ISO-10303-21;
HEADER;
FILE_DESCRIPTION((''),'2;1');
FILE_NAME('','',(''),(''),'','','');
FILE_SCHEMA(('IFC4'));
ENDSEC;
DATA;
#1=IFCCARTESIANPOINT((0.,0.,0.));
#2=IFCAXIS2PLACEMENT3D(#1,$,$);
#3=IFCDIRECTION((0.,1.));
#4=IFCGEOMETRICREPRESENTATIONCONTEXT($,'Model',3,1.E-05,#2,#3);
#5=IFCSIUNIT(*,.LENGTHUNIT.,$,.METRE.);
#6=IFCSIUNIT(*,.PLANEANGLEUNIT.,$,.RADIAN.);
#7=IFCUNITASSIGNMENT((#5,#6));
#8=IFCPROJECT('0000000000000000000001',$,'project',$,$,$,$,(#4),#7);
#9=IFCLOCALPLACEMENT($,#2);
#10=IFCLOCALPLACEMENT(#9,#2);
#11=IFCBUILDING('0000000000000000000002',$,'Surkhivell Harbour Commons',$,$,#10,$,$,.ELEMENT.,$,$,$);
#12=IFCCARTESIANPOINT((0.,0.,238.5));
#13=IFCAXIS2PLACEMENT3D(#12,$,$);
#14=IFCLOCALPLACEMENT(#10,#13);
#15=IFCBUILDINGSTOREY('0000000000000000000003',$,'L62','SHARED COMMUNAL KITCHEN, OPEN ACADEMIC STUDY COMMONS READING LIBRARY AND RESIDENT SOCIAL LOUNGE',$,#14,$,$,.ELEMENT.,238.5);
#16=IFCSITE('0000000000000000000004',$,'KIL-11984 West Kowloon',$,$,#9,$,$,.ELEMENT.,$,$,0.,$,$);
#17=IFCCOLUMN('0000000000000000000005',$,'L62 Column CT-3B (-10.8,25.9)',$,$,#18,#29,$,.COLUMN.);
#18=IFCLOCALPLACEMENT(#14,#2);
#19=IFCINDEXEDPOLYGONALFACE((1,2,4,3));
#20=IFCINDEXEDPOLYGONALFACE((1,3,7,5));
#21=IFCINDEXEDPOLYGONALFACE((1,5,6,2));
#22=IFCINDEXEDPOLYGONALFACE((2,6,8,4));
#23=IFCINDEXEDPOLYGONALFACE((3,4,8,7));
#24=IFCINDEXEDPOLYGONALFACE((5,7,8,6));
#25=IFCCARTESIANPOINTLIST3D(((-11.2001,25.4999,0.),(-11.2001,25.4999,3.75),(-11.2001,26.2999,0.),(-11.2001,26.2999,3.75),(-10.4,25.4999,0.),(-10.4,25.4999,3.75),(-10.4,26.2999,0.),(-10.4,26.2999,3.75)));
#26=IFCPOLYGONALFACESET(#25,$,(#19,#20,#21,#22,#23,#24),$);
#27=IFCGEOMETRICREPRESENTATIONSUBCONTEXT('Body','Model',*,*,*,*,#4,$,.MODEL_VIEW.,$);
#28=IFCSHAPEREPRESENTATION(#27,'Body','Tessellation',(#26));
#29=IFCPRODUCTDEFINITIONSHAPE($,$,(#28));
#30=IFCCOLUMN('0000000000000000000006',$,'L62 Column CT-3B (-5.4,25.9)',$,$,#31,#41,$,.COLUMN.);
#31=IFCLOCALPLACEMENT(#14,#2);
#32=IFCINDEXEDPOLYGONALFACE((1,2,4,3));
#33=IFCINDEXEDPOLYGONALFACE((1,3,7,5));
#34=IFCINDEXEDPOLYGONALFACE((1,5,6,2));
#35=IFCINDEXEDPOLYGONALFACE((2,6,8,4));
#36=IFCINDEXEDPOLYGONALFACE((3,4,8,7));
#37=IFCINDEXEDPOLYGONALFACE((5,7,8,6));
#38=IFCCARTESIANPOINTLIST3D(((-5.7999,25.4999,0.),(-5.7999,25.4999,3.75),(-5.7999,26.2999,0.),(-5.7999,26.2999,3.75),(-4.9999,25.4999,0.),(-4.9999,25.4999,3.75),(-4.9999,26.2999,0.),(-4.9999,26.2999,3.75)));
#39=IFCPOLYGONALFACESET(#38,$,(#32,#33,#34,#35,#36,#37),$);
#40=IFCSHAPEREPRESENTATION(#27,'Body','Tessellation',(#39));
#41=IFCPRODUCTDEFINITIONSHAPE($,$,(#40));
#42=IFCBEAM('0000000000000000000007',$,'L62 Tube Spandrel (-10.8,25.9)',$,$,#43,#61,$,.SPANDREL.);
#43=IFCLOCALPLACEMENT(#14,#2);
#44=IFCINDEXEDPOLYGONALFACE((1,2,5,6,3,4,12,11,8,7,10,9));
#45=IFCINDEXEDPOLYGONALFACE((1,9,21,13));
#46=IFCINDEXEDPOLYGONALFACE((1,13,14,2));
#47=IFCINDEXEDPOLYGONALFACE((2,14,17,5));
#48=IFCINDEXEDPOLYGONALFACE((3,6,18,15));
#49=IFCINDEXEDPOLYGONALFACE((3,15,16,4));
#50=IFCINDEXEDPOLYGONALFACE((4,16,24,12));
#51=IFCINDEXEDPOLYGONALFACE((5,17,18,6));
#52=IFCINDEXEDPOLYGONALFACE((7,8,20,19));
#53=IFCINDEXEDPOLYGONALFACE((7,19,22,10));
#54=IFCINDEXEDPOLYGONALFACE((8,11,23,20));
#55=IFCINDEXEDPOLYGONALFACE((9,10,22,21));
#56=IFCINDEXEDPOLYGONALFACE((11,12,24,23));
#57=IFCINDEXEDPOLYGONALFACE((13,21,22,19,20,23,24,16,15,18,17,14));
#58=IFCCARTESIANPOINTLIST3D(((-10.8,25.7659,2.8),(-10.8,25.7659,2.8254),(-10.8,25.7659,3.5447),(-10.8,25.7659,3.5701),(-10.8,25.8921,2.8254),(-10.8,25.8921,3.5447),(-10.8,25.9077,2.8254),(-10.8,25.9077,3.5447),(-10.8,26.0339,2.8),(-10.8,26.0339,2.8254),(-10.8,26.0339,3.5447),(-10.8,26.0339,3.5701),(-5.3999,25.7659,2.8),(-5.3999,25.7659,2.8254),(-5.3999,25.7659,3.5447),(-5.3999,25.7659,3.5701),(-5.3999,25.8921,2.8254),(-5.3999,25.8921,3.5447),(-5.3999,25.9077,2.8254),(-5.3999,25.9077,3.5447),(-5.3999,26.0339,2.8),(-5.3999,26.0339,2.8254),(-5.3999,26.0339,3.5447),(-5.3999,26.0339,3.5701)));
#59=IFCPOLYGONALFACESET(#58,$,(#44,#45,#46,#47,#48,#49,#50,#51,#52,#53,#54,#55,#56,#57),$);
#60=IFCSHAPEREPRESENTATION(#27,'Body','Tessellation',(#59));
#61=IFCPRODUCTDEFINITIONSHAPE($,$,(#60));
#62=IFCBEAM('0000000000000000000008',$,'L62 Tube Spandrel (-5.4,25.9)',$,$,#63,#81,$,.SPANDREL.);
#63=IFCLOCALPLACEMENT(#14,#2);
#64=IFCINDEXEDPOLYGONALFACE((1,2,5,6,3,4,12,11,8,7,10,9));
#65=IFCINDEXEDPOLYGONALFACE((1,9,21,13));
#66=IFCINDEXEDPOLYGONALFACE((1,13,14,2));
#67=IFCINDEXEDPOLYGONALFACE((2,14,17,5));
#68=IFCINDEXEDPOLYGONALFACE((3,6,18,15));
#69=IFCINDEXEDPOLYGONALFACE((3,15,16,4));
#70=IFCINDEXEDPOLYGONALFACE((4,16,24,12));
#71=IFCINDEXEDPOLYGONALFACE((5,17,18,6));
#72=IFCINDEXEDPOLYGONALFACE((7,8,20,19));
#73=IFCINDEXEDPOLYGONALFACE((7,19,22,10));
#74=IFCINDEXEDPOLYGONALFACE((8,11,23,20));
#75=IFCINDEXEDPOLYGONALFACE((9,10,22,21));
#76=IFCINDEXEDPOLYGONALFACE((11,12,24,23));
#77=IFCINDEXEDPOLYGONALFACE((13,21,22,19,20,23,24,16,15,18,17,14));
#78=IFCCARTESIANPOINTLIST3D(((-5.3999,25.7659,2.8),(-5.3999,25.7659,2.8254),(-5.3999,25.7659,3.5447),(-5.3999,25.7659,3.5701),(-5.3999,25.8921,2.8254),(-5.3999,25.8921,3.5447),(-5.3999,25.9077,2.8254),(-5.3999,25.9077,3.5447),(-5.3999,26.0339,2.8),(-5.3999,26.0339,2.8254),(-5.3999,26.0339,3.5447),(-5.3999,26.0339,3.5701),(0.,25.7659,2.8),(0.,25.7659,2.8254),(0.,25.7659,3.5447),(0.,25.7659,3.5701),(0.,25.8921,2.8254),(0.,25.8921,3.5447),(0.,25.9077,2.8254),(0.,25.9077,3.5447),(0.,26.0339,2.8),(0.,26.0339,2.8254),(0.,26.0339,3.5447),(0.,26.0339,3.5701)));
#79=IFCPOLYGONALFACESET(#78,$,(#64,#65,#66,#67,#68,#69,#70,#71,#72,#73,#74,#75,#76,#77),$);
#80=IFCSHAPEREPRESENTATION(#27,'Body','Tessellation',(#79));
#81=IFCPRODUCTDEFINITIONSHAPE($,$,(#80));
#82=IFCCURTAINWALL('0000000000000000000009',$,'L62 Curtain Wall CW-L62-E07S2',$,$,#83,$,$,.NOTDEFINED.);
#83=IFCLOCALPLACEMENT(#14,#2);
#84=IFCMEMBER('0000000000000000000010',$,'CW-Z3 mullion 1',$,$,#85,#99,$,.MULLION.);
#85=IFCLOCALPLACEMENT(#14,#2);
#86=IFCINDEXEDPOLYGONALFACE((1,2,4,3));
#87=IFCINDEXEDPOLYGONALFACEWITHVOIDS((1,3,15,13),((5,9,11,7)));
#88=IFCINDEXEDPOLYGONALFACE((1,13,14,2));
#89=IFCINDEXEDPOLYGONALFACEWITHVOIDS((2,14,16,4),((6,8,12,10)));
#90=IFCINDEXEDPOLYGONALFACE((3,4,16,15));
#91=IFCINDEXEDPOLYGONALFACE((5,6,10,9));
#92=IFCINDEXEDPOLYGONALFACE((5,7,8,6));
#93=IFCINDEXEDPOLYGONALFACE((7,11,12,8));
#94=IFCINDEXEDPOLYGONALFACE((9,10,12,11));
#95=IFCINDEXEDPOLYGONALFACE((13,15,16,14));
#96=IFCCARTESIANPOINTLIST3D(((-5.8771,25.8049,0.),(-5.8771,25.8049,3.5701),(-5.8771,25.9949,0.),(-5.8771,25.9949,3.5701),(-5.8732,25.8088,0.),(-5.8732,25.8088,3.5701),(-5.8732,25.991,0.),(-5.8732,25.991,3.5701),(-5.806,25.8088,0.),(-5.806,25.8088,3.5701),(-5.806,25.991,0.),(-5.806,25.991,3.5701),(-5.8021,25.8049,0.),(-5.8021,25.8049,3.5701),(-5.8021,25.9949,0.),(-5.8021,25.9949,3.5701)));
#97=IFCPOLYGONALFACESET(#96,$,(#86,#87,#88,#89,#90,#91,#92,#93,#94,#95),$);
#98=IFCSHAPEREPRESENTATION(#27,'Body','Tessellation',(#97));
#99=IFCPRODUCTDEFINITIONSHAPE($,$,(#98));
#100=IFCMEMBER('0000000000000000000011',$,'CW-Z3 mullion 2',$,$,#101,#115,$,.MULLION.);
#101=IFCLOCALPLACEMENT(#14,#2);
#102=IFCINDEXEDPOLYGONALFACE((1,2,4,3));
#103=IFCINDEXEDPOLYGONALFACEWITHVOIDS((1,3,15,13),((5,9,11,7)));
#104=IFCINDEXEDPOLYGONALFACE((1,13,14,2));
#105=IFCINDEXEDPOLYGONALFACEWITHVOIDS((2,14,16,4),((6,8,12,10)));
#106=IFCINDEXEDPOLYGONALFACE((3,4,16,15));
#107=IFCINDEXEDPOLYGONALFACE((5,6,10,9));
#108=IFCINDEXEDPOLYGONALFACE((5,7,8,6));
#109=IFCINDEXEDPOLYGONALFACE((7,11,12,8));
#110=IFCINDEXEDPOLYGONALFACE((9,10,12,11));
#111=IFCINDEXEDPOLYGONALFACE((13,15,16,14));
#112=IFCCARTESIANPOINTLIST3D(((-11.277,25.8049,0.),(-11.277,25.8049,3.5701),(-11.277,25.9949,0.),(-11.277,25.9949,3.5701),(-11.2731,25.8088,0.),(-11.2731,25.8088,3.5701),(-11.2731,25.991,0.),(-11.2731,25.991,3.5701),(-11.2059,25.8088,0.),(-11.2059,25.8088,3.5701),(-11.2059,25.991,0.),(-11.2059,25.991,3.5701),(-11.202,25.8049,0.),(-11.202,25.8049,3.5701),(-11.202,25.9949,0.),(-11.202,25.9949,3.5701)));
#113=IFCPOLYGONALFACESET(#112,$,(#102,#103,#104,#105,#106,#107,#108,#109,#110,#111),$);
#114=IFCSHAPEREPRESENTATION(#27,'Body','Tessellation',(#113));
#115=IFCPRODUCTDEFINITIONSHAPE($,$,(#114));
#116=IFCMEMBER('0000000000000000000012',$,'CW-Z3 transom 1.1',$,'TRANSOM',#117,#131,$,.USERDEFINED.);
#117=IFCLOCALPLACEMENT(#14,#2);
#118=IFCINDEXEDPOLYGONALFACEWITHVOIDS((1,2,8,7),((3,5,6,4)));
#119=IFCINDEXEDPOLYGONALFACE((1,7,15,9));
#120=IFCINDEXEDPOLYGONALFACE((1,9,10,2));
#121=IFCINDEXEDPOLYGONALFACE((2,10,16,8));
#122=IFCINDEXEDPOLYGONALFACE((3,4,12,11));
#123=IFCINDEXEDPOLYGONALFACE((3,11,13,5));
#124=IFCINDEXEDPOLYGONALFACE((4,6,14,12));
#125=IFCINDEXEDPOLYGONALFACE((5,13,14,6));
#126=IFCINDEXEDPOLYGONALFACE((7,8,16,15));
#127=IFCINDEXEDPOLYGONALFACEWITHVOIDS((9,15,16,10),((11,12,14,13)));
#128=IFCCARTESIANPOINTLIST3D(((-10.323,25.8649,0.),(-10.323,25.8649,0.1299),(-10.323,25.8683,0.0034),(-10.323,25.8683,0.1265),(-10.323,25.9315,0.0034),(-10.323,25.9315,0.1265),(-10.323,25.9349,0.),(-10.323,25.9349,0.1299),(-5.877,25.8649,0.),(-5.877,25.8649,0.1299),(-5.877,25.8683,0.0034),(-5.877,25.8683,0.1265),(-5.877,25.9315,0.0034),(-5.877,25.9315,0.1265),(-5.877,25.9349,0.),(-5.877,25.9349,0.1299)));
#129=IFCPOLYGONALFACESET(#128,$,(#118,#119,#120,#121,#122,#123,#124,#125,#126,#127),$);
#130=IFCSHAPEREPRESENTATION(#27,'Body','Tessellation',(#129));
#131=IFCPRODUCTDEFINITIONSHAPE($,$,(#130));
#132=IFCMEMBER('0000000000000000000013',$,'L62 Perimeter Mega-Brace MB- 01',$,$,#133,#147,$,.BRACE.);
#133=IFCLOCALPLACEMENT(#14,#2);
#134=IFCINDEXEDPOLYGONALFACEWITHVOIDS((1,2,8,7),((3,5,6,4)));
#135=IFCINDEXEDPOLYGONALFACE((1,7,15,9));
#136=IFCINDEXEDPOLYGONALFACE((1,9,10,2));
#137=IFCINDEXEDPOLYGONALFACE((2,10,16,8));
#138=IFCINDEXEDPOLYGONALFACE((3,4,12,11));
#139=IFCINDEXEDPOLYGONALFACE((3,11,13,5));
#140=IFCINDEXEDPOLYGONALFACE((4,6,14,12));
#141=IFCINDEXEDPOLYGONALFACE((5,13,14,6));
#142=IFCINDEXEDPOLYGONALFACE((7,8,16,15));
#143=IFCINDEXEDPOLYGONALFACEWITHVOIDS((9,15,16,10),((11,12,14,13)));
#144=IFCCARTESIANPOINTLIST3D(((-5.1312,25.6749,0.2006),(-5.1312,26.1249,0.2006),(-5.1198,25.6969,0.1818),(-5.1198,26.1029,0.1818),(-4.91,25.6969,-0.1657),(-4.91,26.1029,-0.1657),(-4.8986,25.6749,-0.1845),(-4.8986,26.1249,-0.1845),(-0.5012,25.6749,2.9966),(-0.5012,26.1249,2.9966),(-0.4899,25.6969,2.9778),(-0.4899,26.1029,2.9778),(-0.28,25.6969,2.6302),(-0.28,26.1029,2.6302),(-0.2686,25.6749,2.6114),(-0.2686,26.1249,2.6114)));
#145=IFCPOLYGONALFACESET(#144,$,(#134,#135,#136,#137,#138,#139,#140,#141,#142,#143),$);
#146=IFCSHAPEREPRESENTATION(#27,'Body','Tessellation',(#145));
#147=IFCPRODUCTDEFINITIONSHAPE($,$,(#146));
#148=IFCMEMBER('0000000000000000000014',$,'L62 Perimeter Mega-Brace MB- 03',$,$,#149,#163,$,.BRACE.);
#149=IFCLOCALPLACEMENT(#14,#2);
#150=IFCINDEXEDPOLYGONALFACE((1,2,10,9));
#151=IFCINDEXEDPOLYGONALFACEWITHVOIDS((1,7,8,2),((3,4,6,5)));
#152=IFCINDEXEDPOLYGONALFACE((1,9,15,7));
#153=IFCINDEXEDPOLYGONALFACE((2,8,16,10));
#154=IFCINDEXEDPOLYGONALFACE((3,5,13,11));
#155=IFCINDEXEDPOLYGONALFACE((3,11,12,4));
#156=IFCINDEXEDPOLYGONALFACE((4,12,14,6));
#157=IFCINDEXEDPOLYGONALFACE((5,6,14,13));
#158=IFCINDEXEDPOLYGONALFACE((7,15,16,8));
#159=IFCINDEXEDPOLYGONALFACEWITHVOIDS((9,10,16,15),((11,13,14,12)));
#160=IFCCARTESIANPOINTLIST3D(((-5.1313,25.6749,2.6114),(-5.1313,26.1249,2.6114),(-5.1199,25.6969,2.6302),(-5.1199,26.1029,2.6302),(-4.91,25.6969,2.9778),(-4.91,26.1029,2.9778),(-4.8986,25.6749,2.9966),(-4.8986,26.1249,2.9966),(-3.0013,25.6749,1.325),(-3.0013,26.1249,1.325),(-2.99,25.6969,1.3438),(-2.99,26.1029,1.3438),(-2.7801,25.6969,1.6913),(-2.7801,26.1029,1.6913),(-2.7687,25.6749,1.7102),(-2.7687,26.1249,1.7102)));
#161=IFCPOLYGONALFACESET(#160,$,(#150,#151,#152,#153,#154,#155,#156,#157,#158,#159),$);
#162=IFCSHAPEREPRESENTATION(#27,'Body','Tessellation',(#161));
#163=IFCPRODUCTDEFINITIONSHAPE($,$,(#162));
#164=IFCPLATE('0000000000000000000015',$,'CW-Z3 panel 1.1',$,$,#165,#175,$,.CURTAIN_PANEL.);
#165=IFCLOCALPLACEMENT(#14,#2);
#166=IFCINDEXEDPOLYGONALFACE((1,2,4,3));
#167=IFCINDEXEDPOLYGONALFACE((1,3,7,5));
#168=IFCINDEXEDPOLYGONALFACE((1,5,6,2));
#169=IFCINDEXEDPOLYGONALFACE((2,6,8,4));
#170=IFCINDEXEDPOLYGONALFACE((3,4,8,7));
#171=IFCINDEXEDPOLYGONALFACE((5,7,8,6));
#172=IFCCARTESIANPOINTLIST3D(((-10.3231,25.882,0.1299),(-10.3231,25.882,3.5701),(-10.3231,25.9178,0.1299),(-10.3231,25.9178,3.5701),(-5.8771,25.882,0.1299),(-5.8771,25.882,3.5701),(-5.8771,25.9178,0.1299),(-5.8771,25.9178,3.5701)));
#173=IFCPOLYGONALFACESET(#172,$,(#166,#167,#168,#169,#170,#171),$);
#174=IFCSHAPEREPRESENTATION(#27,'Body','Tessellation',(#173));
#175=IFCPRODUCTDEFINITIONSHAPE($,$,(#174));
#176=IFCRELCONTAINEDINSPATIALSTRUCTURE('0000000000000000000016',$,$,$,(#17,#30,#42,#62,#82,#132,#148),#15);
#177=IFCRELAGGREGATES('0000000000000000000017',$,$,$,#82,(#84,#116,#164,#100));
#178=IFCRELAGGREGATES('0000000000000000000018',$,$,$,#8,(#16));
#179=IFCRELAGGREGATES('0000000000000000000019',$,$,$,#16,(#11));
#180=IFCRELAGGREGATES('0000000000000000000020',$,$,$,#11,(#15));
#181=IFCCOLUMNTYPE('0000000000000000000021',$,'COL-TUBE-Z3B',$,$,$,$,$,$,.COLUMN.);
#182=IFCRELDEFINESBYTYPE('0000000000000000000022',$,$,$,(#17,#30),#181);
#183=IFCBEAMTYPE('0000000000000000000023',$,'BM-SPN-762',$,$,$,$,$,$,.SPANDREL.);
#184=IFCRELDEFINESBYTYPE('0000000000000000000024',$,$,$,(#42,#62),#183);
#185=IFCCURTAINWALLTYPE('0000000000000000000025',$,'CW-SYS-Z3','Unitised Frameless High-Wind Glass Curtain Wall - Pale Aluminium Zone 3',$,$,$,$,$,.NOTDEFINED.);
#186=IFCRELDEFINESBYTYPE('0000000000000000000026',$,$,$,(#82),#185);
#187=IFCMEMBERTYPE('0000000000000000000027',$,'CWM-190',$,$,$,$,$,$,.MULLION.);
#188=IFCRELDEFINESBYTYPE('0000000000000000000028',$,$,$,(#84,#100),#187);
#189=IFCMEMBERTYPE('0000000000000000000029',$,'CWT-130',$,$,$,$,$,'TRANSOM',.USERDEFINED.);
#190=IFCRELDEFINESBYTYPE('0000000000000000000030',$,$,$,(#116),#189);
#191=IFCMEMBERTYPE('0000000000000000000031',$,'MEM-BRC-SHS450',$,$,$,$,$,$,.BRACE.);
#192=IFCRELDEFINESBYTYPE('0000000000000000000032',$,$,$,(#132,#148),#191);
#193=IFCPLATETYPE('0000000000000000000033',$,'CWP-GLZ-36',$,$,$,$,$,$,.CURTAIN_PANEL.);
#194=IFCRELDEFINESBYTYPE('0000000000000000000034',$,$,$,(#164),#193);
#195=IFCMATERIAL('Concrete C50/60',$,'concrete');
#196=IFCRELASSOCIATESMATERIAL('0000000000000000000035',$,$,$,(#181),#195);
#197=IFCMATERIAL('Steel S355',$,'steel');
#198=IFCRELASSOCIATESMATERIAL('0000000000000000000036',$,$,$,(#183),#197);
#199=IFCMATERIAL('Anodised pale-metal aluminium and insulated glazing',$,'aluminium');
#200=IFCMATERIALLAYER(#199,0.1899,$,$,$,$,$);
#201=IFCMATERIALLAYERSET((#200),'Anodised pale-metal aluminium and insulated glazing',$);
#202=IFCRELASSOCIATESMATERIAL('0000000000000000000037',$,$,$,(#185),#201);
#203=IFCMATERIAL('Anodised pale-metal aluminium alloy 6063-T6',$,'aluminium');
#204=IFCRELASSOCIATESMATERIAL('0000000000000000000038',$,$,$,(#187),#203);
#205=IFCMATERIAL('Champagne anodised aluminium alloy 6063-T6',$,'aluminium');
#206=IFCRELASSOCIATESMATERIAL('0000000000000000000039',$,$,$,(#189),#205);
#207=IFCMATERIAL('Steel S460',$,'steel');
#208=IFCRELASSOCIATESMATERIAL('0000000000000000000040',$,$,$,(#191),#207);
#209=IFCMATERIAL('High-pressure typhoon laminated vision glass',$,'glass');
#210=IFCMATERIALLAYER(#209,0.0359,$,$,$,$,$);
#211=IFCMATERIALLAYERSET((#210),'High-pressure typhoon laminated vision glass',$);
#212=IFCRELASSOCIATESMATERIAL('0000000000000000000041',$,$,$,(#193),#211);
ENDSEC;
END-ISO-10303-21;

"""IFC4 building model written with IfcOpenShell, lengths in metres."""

from ifc_helpers import new_model, si_unit, direction, frame, frame_2d, origin, origin_2d, place, context, subcontext, project, spatial, rectangle, hollow_rectangle, i_section, extrude, material, layer, layer_set, material_profile, profile_set, type_object, element, aggregate, save


model = new_model("IFC4")

# Units and contexts
model_context = context("Model", 3, precision=1e-05, world=origin(), true_north=direction((0.0, 1.0)))
body_context = subcontext(model_context, "Body", "Model", "MODEL_VIEW")
ifc_project = project(units=[si_unit("LENGTHUNIT", "METRE"), si_unit("PLANEANGLEUNIT", "RADIAN")], contexts=[model_context])

# Site, building, storey
site_placement = place(None, origin())
site = spatial("IfcSite", under=ifc_project, at=site_placement, Name="KIL-11984 West Kowloon", CompositionType="ELEMENT", RefElevation=0.0)
building_placement = place(site_placement, origin())
building = spatial("IfcBuilding", under=site, at=building_placement, Name="Surkhivell Harbour Commons", CompositionType="ELEMENT")
storey_placement = place(building_placement, frame((0.0, 0.0, 238.5)))
storey = spatial("IfcBuildingStorey", under=building, at=storey_placement, Name="L62", Description="SHARED COMMUNAL KITCHEN, OPEN ACADEMIC STUDY COMMONS READING LIBRARY AND RESIDENT SOCIAL LOUNGE", CompositionType="ELEMENT", Elevation=238.5)

# Columns
ifc_material_1 = material(Name="Concrete C50/60", Category="concrete")
ifc_material_profile_1 = material_profile(ifc_material_1, rectangle(XDim=0.8, YDim=0.8, at=origin_2d()), Name="RC-COL-800x800")
ifc_profile_set_1 = profile_set([ifc_material_profile_1], Name="Concrete C50/60")
column_type = type_object("IfcColumnType", Name="COL-TUBE-Z3B", PredefinedType="COLUMN", material=ifc_profile_set_1)
for number, where, z_axis, x_axis, name in (
    (1, (-10.8, 25.8999, 0.0), (0.0, 0.0, 1.0), (1.0, 0.0, 0.0), "L62 Column CT-3B (-10.8,25.9)"),
    (2, (-5.3999, 25.8999, 0.0), (0.0, 0.0, 1.0), (1.0, 0.0, 0.0), "L62 Column CT-3B (-5.4,25.9)"),
):
    element("IfcColumn", number, at=place(storey_placement, frame(where, z_axis=z_axis, x_axis=x_axis)), inside=storey, type_object=column_type, Name=name, PredefinedType="COLUMN", context=body_context, shape_type="SweptSolid", body=[
        extrude(rectangle(XDim=0.8, YDim=0.8, at=origin_2d()), origin(), (0.0, 0.0, 1.0), 3.75),
    ])

# Beams
ifc_material_2 = material(Name="Steel S355", Category="steel")
ifc_material_profile_2 = material_profile(ifc_material_2, i_section(OverallWidth=0.2681, OverallDepth=0.77, WebThickness=0.0156, FlangeThickness=0.0254, at=origin_2d()), Name="UB762x267x197")
ifc_profile_set_2 = profile_set([ifc_material_profile_2], Name="Steel S355")
beam_type = type_object("IfcBeamType", Name="BM-SPN-762", PredefinedType="SPANDREL", material=ifc_profile_set_2)
beam_1_placement = place(storey_placement, frame((-10.8, 25.8999, 3.1851), z_axis=(1.0, 0.0, 0.0), x_axis=(0.0, 1.0, 0.0)))
element("IfcBeam", 3, at=beam_1_placement, inside=storey, type_object=beam_type, Name="L62 Tube Spandrel (-10.8,25.9)", PredefinedType="SPANDREL", context=body_context, shape_type="SweptSolid", body=[
    extrude(i_section(OverallWidth=0.2681, OverallDepth=0.77, WebThickness=0.0156, FlangeThickness=0.0254, at=origin_2d()), origin(), (0.0, 0.0, 1.0), 5.4001),
])
beam_2_placement = place(storey_placement, frame((-5.3999, 25.8999, 3.1851), z_axis=(1.0, 0.0, 0.0), x_axis=(0.0, 1.0, 0.0)))
element("IfcBeam", 4, at=beam_2_placement, inside=storey, type_object=beam_type, Name="L62 Tube Spandrel (-5.4,25.9)", PredefinedType="SPANDREL", context=body_context, shape_type="SweptSolid", body=[
    extrude(i_section(OverallWidth=0.2681, OverallDepth=0.77, WebThickness=0.0156, FlangeThickness=0.0254, at=origin_2d()), origin(), (0.0, 0.0, 1.0), 5.3999),
])

# Curtain wall, members
ifc_material_3 = material(Name="Anodised pale-metal aluminium and insulated glazing", Category="aluminium")
ifc_layer_1 = layer(ifc_material_3, 0.1899)
ifc_layer_set_1 = layer_set([ifc_layer_1], Name="Anodised pale-metal aluminium and insulated glazing")
curtain_wall_type = type_object("IfcCurtainWallType", Name="CW-SYS-Z3", Description="Unitised Frameless High-Wind Glass Curtain Wall - Pale Aluminium Zone 3", PredefinedType="NOTDEFINED", material=ifc_layer_set_1)
curtain_wall_placement = place(storey_placement, origin())
curtain_wall = element("IfcCurtainWall", 5, at=curtain_wall_placement, inside=storey, type_object=curtain_wall_type, Name="L62 Curtain Wall CW-L62-E07S2", PredefinedType="NOTDEFINED")
ifc_material_4 = material(Name="Anodised pale-metal aluminium alloy 6063-T6", Category="aluminium")
ifc_material_profile_3 = material_profile(ifc_material_4, hollow_rectangle(XDim=0.075, YDim=0.1899, WallThickness=0.0039, at=origin_2d()), Name="ALU-MULL-75x190")
ifc_profile_set_3 = profile_set([ifc_material_profile_3], Name="Anodised pale-metal aluminium alloy 6063-T6")
member_type_1 = type_object("IfcMemberType", Name="CWM-190", PredefinedType="MULLION", material=ifc_profile_set_3)
member_1_placement = place(storey_placement, frame((-5.8396, 25.8999, 0.0), z_axis=(0.0, 0.0, 1.0), x_axis=(-1.0, 0.0, 0.0)))
member_1 = element("IfcMember", 6, at=member_1_placement, type_object=member_type_1, Name="CW-Z3 mullion 1", PredefinedType="MULLION", context=body_context, shape_type="SweptSolid", body=[
    extrude(hollow_rectangle(XDim=0.075, YDim=0.1899, WallThickness=0.0039, at=origin_2d()), origin(), (0.0, 0.0, 1.0), 3.5701),
])
member_2_placement = place(storey_placement, frame((-11.2395, 25.8999, 0.0), z_axis=(0.0, 0.0, 1.0), x_axis=(-1.0, 0.0, 0.0)))
member_2 = element("IfcMember", 7, at=member_2_placement, type_object=member_type_1, Name="CW-Z3 mullion 2", PredefinedType="MULLION", context=body_context, shape_type="SweptSolid", body=[
    extrude(hollow_rectangle(XDim=0.075, YDim=0.1899, WallThickness=0.0039, at=origin_2d()), origin(), (0.0, 0.0, 1.0), 3.5701),
])
ifc_material_5 = material(Name="Champagne anodised aluminium alloy 6063-T6", Category="aluminium")
ifc_material_profile_4 = material_profile(ifc_material_5, hollow_rectangle(XDim=0.0701, YDim=0.1299, WallThickness=0.0034, at=origin_2d()), Name="ALU-TRAN-70x130")
ifc_profile_set_4 = profile_set([ifc_material_profile_4], Name="Champagne anodised aluminium alloy 6063-T6")
member_type_2 = type_object("IfcMemberType", Name="CWT-130", ElementType="TRANSOM", PredefinedType="USERDEFINED", material=ifc_profile_set_4)
member_3_placement = place(storey_placement, frame((-5.877, 25.8999, 0.0649), z_axis=(-1.0, 0.0, 0.0), x_axis=(0.0, -1.0, 0.0)))
member_3 = element("IfcMember", 8, at=member_3_placement, type_object=member_type_2, Name="CW-Z3 transom 1.1", ObjectType="TRANSOM", PredefinedType="USERDEFINED", context=body_context, shape_type="SweptSolid", body=[
    extrude(hollow_rectangle(XDim=0.0701, YDim=0.1299, WallThickness=0.0034, at=origin_2d()), origin(), (0.0, 0.0, 1.0), 4.446),
])

# Members
ifc_material_6 = material(Name="Steel S460", Category="steel")
ifc_material_profile_5 = material_profile(ifc_material_6, hollow_rectangle(XDim=0.45, YDim=0.45, WallThickness=0.022, at=origin_2d()), Name="SHS450x450x22")
ifc_profile_set_5 = profile_set([ifc_material_profile_5], Name="Steel S460")
member_type_3 = type_object("IfcMemberType", Name="MEM-BRC-SHS450", PredefinedType="BRACE", material=ifc_profile_set_5)
member_4_placement = place(storey_placement, frame((-5.0149, 25.8999, 0.0081), z_axis=(0.856024, 0.0, 0.516937), x_axis=(0.0, 1.0, 0.0)))
element("IfcMember", 9, at=member_4_placement, inside=storey, type_object=member_type_3, Name="L62 Perimeter Mega-Brace MB- 01", PredefinedType="BRACE", context=body_context, shape_type="SweptSolid", body=[
    extrude(hollow_rectangle(XDim=0.45, YDim=0.45, WallThickness=0.022, at=origin_2d()), origin(), (0.0, 0.0, 1.0), 5.4087),
])
member_5_placement = place(storey_placement, frame((-2.885, 25.8999, 1.5176), z_axis=(-0.855992, 0.0, 0.51699), x_axis=(0.0, -1.0, 0.0)))
element("IfcMember", 10, at=member_5_placement, inside=storey, type_object=member_type_3, Name="L62 Perimeter Mega-Brace MB- 03", PredefinedType="BRACE", context=body_context, shape_type="SweptSolid", body=[
    extrude(hollow_rectangle(XDim=0.45, YDim=0.45, WallThickness=0.022, at=origin_2d()), origin(), (0.0, 0.0, 1.0), 2.4883),
])

# Plate
ifc_material_7 = material(Name="High-pressure typhoon laminated vision glass", Category="glass")
ifc_layer_2 = layer(ifc_material_7, 0.0359)
ifc_layer_set_2 = layer_set([ifc_layer_2], Name="High-pressure typhoon laminated vision glass")
plate_type_1 = type_object("IfcPlateType", Name="CWP-GLZ-36", PredefinedType="CURTAIN_PANEL", material=ifc_layer_set_2)
plate_placement = place(storey_placement, frame((-5.877, 25.8999, 0.1299), z_axis=(0.0, 0.0, 1.0), x_axis=(-1.0, 0.0, 0.0)))
plate = element("IfcPlate", 11, at=plate_placement, type_object=plate_type_1, Name="CW-Z3 panel 1.1", PredefinedType="CURTAIN_PANEL", context=body_context, shape_type="SweptSolid", body=[
    extrude(rectangle(XDim=4.446, YDim=0.0359, at=frame_2d((2.2231, 0.0))), origin(), (0.0, 0.0, 1.0), 3.4402),
])
aggregate(curtain_wall, [member_1, member_3, plate, member_2])

save(model, "model.ifc")
